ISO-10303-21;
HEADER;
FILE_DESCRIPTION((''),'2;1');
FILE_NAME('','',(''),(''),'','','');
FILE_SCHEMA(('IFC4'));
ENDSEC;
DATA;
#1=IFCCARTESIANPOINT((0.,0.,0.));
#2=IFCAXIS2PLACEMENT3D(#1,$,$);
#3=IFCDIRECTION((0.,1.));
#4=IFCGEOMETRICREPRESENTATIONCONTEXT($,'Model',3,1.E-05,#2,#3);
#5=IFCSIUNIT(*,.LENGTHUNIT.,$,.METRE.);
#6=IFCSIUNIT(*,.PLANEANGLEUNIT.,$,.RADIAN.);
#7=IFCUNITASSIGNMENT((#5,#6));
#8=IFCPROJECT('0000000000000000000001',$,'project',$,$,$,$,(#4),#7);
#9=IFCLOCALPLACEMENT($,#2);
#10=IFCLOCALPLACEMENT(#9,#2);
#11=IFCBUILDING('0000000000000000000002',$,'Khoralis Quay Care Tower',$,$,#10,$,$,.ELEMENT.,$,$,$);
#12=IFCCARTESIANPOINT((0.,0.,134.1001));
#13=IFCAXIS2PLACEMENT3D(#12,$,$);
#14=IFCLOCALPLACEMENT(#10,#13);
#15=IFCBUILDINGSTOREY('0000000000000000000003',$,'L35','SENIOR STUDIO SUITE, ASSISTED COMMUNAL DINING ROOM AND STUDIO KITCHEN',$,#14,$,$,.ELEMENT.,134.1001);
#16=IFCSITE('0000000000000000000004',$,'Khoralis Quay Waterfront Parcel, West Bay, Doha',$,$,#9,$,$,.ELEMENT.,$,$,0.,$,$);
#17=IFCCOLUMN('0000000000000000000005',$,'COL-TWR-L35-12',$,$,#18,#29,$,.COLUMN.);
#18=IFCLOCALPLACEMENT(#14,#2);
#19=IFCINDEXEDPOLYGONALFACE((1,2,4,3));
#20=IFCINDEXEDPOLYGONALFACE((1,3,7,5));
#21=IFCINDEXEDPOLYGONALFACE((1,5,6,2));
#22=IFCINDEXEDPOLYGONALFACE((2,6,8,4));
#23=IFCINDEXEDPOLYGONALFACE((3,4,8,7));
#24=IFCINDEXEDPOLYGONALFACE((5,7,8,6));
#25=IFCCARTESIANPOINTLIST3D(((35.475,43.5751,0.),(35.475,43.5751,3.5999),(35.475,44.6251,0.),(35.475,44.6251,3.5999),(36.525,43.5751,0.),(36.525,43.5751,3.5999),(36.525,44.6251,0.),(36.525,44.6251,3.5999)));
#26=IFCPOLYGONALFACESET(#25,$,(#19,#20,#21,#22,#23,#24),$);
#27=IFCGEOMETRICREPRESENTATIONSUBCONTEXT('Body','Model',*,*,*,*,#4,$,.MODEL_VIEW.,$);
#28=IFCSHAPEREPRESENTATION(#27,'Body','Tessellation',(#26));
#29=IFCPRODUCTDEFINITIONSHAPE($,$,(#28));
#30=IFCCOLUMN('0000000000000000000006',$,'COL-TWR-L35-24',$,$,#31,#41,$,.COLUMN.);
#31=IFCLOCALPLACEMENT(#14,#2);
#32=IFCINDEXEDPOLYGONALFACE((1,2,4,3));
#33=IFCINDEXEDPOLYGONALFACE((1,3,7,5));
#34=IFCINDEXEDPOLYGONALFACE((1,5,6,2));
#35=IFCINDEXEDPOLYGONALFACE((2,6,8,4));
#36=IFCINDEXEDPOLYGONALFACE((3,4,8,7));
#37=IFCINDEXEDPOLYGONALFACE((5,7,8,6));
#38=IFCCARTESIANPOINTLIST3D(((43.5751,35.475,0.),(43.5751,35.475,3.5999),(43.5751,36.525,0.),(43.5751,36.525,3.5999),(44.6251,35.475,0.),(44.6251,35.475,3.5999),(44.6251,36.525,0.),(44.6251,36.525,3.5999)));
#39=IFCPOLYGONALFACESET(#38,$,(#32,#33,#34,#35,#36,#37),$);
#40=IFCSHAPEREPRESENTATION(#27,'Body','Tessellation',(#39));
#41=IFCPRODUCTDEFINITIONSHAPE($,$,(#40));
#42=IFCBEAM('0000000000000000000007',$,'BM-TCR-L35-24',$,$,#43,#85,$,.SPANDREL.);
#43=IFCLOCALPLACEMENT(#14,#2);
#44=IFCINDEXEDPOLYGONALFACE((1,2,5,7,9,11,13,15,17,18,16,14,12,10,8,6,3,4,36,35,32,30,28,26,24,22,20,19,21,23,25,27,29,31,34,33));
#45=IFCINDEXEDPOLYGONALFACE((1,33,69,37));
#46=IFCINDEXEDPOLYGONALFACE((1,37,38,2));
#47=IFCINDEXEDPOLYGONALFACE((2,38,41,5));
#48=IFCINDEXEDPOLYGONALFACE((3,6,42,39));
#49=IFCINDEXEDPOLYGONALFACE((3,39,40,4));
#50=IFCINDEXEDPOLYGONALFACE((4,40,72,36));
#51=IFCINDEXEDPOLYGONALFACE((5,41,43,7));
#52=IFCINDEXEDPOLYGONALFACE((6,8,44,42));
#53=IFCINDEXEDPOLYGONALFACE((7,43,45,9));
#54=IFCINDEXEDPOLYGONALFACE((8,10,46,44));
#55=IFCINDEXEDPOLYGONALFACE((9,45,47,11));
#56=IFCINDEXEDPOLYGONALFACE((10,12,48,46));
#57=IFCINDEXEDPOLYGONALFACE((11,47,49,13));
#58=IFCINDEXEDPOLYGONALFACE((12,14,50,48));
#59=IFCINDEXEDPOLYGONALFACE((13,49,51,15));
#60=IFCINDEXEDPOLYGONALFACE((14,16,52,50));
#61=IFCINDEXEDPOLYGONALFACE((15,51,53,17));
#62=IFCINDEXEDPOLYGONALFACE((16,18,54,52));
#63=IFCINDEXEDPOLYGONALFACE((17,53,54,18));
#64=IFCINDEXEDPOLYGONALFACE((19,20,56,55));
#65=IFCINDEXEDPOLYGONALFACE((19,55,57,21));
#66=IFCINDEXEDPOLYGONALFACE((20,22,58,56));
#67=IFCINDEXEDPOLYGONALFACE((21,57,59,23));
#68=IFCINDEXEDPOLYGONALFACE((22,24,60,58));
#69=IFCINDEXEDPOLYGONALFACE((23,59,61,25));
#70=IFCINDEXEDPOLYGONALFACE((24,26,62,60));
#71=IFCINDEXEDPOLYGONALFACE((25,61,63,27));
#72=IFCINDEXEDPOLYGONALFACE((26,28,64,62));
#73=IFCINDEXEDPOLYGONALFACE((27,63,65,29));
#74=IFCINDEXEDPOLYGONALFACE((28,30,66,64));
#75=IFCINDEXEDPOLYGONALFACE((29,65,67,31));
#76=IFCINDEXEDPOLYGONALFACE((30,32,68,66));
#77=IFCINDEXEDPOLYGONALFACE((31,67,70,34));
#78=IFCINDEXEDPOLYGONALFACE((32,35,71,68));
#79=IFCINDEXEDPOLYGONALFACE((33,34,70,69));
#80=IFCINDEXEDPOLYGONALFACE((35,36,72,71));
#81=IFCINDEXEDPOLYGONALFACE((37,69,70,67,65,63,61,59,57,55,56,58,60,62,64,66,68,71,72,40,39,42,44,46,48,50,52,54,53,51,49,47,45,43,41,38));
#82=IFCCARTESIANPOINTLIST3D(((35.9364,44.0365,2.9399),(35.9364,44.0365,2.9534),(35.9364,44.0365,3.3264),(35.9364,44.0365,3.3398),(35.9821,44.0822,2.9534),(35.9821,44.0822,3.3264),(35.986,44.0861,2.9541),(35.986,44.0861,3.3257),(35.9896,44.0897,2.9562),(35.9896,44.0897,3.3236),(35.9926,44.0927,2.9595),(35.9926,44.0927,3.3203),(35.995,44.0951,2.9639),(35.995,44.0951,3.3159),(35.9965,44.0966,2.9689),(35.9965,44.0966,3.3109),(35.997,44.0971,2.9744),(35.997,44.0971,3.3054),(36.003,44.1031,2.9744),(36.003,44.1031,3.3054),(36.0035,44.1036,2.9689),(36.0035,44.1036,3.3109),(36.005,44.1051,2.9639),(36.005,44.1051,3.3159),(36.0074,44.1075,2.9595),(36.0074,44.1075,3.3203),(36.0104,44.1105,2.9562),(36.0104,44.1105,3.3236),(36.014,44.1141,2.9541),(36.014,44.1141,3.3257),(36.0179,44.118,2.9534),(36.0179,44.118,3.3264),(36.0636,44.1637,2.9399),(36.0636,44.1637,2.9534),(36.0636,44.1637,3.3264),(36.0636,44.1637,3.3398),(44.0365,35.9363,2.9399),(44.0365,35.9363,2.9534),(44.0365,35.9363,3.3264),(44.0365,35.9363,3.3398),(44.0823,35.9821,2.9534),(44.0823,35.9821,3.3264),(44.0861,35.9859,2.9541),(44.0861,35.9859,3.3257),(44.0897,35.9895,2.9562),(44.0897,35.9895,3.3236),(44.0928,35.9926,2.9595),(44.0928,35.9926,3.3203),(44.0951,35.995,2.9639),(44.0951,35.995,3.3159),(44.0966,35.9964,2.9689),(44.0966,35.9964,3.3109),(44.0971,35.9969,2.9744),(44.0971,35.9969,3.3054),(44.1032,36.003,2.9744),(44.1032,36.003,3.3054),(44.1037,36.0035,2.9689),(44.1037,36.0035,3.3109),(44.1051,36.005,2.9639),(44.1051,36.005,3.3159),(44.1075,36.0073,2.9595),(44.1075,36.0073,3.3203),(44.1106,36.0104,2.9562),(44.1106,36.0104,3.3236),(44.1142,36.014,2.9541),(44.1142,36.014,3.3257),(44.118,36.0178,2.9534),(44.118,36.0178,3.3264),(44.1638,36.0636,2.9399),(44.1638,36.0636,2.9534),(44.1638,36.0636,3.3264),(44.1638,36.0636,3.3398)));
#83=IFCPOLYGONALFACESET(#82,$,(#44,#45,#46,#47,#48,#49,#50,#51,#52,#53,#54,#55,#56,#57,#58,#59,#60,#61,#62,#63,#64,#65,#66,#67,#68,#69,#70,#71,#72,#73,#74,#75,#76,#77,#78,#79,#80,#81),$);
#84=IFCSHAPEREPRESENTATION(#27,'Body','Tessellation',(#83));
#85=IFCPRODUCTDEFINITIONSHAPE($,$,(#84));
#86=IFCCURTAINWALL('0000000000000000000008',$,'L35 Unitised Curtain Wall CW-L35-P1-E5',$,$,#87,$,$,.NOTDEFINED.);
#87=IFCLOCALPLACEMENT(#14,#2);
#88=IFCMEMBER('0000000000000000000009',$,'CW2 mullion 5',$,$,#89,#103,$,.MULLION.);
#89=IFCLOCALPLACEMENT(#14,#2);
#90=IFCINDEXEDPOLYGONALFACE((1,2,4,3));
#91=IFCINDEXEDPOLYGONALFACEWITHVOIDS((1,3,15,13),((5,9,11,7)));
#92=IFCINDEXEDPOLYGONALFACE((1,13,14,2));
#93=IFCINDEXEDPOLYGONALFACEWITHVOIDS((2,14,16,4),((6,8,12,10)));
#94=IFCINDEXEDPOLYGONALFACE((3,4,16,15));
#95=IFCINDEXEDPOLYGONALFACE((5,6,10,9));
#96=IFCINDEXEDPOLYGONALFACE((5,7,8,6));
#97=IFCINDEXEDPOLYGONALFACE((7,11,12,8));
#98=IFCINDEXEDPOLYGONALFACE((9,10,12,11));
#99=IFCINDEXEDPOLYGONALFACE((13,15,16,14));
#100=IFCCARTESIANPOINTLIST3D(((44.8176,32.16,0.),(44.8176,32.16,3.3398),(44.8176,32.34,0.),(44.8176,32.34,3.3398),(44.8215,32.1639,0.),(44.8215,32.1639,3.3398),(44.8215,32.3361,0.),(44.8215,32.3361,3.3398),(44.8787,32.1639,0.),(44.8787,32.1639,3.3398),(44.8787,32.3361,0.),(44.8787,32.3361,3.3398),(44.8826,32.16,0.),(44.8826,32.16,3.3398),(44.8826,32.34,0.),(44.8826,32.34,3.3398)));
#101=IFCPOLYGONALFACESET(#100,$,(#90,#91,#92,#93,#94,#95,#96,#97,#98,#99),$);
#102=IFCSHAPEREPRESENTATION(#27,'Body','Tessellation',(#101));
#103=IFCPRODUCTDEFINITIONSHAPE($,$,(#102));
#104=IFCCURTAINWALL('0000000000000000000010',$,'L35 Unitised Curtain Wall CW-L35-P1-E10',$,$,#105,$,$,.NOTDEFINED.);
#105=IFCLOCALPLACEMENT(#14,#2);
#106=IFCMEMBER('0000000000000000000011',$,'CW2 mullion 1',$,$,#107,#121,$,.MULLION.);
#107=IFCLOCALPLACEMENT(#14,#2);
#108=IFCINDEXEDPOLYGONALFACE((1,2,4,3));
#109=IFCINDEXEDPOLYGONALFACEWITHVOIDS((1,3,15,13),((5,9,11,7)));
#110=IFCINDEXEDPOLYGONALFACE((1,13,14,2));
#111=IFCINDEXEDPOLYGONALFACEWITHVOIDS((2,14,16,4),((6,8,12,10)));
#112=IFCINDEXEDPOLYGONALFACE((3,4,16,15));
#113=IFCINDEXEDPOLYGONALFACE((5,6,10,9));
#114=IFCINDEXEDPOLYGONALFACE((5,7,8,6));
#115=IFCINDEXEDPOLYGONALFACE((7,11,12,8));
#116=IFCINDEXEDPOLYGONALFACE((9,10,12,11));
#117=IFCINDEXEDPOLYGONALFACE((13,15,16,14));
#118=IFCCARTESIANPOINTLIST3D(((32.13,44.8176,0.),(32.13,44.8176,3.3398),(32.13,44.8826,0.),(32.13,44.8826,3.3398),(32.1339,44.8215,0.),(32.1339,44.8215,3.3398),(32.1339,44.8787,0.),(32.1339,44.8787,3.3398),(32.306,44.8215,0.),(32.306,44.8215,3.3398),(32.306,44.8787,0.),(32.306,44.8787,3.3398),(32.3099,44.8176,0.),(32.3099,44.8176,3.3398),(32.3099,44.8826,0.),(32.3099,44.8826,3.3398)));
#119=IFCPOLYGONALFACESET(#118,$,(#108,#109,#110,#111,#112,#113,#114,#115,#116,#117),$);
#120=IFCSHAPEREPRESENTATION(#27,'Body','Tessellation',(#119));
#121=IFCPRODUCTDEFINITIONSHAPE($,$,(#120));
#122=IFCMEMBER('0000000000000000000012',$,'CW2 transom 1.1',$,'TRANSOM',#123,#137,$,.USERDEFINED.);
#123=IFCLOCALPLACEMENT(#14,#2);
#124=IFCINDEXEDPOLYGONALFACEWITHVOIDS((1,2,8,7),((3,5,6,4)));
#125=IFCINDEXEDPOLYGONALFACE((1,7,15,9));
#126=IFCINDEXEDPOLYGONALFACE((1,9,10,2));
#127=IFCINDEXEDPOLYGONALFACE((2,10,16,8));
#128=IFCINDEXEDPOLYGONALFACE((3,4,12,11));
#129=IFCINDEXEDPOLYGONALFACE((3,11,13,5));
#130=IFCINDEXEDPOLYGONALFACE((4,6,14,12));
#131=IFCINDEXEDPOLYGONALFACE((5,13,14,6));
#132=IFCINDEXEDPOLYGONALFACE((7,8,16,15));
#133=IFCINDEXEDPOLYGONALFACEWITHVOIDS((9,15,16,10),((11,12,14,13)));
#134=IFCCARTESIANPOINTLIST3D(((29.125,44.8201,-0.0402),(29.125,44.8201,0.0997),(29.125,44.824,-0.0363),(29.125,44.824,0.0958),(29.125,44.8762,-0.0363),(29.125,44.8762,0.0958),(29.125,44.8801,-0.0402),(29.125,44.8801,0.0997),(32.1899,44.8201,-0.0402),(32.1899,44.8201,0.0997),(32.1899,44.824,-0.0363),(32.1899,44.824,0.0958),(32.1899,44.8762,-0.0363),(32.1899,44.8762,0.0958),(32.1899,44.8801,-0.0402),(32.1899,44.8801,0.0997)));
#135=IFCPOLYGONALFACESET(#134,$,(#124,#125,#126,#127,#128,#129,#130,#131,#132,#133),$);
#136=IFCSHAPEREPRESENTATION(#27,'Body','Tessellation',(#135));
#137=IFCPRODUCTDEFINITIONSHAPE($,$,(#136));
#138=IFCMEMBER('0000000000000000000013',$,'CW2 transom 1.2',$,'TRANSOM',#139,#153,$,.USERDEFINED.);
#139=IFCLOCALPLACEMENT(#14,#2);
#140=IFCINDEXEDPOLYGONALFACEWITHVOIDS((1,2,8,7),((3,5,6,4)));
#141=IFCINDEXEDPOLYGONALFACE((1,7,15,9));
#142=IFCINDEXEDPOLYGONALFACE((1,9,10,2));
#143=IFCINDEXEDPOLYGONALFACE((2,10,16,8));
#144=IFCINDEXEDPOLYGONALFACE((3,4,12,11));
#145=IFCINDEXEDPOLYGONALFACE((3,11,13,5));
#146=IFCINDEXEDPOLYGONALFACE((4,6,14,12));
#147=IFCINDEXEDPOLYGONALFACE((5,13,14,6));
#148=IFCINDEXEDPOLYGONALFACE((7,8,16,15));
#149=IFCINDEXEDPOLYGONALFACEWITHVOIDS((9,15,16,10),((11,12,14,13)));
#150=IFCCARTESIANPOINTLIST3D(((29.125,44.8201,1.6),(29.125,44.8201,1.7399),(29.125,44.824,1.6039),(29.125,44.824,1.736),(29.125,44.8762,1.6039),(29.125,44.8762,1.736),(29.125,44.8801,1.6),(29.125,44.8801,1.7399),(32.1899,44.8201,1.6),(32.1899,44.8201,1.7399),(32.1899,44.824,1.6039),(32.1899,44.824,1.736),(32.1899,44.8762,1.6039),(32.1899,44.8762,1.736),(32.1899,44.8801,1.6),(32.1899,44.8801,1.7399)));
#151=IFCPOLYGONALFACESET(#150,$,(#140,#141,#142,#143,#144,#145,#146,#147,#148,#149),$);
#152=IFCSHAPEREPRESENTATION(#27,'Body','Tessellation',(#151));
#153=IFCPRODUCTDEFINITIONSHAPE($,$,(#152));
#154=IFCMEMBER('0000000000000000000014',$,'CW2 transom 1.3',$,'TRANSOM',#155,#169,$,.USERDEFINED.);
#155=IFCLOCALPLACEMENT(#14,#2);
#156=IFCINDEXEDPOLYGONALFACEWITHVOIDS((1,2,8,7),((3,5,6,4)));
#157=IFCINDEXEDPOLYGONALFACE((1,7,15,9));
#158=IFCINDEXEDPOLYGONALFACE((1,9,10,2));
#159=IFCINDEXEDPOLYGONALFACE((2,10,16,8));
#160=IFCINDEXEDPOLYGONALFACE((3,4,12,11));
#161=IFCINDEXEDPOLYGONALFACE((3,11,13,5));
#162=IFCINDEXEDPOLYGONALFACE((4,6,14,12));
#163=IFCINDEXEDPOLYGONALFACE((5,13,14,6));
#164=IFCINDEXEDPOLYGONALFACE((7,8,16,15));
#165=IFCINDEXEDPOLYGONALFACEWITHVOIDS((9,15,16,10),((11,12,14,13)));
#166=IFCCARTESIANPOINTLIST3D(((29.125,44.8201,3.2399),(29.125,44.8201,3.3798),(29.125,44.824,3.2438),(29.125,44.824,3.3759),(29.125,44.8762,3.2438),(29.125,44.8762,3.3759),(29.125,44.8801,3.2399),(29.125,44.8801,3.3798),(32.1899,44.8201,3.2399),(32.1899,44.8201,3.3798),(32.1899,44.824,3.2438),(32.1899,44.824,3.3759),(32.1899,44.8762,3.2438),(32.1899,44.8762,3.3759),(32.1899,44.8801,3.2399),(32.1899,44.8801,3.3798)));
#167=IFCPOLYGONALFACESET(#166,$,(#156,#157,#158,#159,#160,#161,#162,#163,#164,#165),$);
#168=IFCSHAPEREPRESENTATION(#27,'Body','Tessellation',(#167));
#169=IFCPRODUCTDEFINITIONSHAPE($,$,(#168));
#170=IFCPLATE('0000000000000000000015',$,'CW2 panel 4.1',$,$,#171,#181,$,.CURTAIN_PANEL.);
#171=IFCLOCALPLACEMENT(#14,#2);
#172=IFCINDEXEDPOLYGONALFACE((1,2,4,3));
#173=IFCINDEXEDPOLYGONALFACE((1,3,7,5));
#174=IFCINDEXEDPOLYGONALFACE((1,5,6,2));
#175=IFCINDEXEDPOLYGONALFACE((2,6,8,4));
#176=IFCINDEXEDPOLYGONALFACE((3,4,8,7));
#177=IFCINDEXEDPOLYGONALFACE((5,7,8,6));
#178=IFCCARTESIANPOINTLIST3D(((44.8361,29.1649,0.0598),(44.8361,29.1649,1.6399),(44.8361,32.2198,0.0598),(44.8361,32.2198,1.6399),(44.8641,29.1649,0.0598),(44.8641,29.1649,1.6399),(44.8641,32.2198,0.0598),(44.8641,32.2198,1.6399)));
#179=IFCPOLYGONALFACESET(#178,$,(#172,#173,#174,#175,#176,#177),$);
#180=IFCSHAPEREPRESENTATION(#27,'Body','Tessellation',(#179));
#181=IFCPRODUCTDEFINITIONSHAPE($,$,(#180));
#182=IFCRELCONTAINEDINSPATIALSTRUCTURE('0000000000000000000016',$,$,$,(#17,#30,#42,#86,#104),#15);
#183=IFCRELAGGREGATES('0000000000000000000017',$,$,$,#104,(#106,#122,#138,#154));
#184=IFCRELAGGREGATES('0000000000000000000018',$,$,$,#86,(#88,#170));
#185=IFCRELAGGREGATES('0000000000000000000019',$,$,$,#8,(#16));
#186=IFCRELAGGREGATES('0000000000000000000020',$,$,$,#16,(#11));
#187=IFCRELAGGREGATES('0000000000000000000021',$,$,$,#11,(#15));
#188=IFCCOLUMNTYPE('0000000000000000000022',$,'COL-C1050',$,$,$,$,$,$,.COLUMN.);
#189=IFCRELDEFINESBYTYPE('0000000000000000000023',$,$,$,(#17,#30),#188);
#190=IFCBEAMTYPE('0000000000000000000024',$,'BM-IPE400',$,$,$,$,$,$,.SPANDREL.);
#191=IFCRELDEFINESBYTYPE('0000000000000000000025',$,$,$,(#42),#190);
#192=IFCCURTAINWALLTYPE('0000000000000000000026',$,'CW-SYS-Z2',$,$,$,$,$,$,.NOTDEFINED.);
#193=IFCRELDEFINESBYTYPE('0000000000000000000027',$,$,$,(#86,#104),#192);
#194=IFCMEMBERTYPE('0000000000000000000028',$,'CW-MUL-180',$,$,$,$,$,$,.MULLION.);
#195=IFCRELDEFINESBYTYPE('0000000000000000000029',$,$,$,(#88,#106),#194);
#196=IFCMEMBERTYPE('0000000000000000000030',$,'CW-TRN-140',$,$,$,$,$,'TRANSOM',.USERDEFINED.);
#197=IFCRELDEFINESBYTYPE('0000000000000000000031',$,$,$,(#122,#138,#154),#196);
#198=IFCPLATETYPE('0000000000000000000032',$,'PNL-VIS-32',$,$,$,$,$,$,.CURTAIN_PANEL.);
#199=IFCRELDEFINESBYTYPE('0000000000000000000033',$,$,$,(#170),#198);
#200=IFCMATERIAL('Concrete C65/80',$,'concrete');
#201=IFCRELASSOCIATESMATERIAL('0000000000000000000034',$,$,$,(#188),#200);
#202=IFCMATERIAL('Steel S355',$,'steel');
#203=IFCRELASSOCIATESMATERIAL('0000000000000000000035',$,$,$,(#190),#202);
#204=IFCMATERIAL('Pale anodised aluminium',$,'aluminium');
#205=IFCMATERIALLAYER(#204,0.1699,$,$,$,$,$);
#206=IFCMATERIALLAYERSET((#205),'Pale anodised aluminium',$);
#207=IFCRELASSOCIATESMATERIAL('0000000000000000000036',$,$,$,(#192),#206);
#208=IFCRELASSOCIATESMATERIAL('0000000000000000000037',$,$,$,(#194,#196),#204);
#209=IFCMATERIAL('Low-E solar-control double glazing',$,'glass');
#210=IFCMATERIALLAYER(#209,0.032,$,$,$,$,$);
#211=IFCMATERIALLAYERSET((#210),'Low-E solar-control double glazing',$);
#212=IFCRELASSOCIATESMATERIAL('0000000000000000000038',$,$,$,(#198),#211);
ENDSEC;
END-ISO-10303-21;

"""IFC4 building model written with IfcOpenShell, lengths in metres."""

from ifc_helpers import new_model, si_unit, direction, frame, origin, origin_2d, place, context, subcontext, project, spatial, rectangle, hollow_rectangle, i_section, extrude, source, transform, mapped, material, layer, layer_set, material_profile, profile_set, type_object, element, aggregate, save


model = new_model("IFC4")

# Units and contexts
model_context = context("Model", 3, precision=1e-05, world=origin(), true_north=direction((0.0, 1.0)))
body_context = subcontext(model_context, "Body", "Model", "MODEL_VIEW")
ifc_project = project(units=[si_unit("LENGTHUNIT", "METRE"), si_unit("PLANEANGLEUNIT", "RADIAN")], contexts=[model_context])

# Site, building, storey
site_placement = place(None, origin())
site = spatial("IfcSite", under=ifc_project, at=site_placement, Name="Khoralis Quay Waterfront Parcel, West Bay, Doha", CompositionType="ELEMENT", RefElevation=0.0)
building_placement = place(site_placement, origin())
building = spatial("IfcBuilding", under=site, at=building_placement, Name="Khoralis Quay Care Tower", CompositionType="ELEMENT")
storey_placement = place(building_placement, frame((0.0, 0.0, 134.1001)))
storey = spatial("IfcBuildingStorey", under=building, at=storey_placement, Name="L35", Description="SENIOR STUDIO SUITE, ASSISTED COMMUNAL DINING ROOM AND STUDIO KITCHEN", CompositionType="ELEMENT", Elevation=134.1001)

# Columns
ifc_material_1 = material(Name="Concrete C65/80", Category="concrete")
ifc_material_profile_1 = material_profile(ifc_material_1, rectangle(XDim=1.05, YDim=1.05, at=origin_2d()), Name="Concrete C65/80")
ifc_profile_set_1 = profile_set([ifc_material_profile_1], Name="Concrete C65/80")
column_type = type_object("IfcColumnType", Name="COL-C1050", PredefinedType="COLUMN", material=ifc_profile_set_1)
shared_shape_1 = source(origin(), body_context, "Body", "SweptSolid", [
    extrude(rectangle(XDim=1.05, YDim=1.05, at=origin_2d()), origin(), (0.0, 0.0, 1.0), 3.5999),
])
for number, where, z_axis, x_axis, name in (
    (1, (36.0, 44.1001, 0.0), (0.0, 0.0, 1.0), (1.0, 0.0, 0.0), "COL-TWR-L35-12"),
    (2, (44.1001, 36.0, 0.0), (0.0, 0.0, 1.0), (1.0, 0.0, 0.0), "COL-TWR-L35-24"),
):
    element("IfcColumn", number, at=place(storey_placement, frame(where, z_axis=z_axis, x_axis=x_axis)), inside=storey, type_object=column_type, Name=name, PredefinedType="COLUMN", context=body_context, shape_type="MappedRepresentation", body=[
        mapped(shared_shape_1, transform((0.0, 0.0, 0.0), scale=1.0)),
    ])

# Beam
ifc_material_2 = material(Name="Steel S355", Category="steel")
ifc_material_profile_2 = material_profile(ifc_material_2, i_section(OverallWidth=0.1799, OverallDepth=0.3999, WebThickness=0.0085, FlangeThickness=0.0134, FilletRadius=0.021, at=origin_2d()), Name="Steel S355")
ifc_profile_set_2 = profile_set([ifc_material_profile_2], Name="Steel S355")
beam_type = type_object("IfcBeamType", Name="BM-IPE400", PredefinedType="SPANDREL", material=ifc_profile_set_2)
shared_shape_2 = source(origin(), body_context, "Body", "SweptSolid", [
    extrude(i_section(OverallWidth=0.1799, OverallDepth=0.3999, WebThickness=0.0085, FlangeThickness=0.0134, FilletRadius=0.021, at=origin_2d()), origin(), (0.0, 0.0, 1.0), 11.4553),
])
beam_placement = place(storey_placement, frame((36.0, 44.1001, 3.1399), z_axis=(0.707107, -0.707107, 0.0), x_axis=(0.707107, 0.707107, 0.0)))
element("IfcBeam", 3, at=beam_placement, inside=storey, type_object=beam_type, Name="BM-TCR-L35-24", PredefinedType="SPANDREL", context=body_context, shape_type="MappedRepresentation", body=[
    mapped(shared_shape_2, transform((0.0, 0.0, 0.0), scale=1.0)),
])

# Curtain wall, member
ifc_material_3 = material(Name="Pale anodised aluminium", Category="aluminium")
ifc_layer_1 = layer(ifc_material_3, 0.1699)
ifc_layer_set_1 = layer_set([ifc_layer_1], Name="Pale anodised aluminium")
curtain_wall_type = type_object("IfcCurtainWallType", Name="CW-SYS-Z2", PredefinedType="NOTDEFINED", material=ifc_layer_set_1)
curtain_wall_1_placement = place(storey_placement, origin())
curtain_wall_1 = element("IfcCurtainWall", 4, at=curtain_wall_1_placement, inside=storey, type_object=curtain_wall_type, Name="L35 Unitised Curtain Wall CW-L35-P1-E5", PredefinedType="NOTDEFINED")
ifc_material_profile_3 = material_profile(ifc_material_3, hollow_rectangle(XDim=0.0649, YDim=0.1799, WallThickness=0.0039, at=origin_2d()), Name="Pale anodised aluminium")
ifc_profile_set_3 = profile_set([ifc_material_profile_3], Name="Pale anodised aluminium")
member_type_1 = type_object("IfcMemberType", Name="CW-MUL-180", PredefinedType="MULLION", material=ifc_profile_set_3)
shared_shape_3 = source(origin(), body_context, "Body", "SweptSolid", [
    extrude(hollow_rectangle(XDim=0.0649, YDim=0.1799, WallThickness=0.0039, at=origin_2d()), origin(), (0.0, 0.0, 1.0), 3.3398),
])
member_1_placement = place(storey_placement, frame((44.8501, 32.25, 0.0), z_axis=(0.0, 0.0, 1.0), x_axis=(-1.0, 0.0, 0.0)))
member_1 = element("IfcMember", 5, at=member_1_placement, type_object=member_type_1, Name="CW2 mullion 5", PredefinedType="MULLION", context=body_context, shape_type="MappedRepresentation", body=[
    mapped(shared_shape_3, transform((0.0, 0.0, 0.0), scale=1.0)),
])

# Curtain wall, members
curtain_wall_2_placement = place(storey_placement, origin())
curtain_wall_2 = element("IfcCurtainWall", 6, at=curtain_wall_2_placement, inside=storey, type_object=curtain_wall_type, Name="L35 Unitised Curtain Wall CW-L35-P1-E10", PredefinedType="NOTDEFINED")
member_2_placement = place(storey_placement, frame((32.22, 44.8501, 0.0), z_axis=(0.0, 0.0, 1.0), x_axis=(0.0, -1.0, 0.0)))
member_2 = element("IfcMember", 7, at=member_2_placement, type_object=member_type_1, Name="CW2 mullion 1", PredefinedType="MULLION", context=body_context, shape_type="MappedRepresentation", body=[
    mapped(shared_shape_3, transform((0.0, 0.0, 0.0), scale=1.0)),
])
ifc_material_profile_4 = material_profile(ifc_material_3, hollow_rectangle(XDim=0.0601, YDim=0.1399, WallThickness=0.0039, at=origin_2d()), Name="Pale anodised aluminium")
ifc_profile_set_4 = profile_set([ifc_material_profile_4], Name="Pale anodised aluminium")
member_type_2 = type_object("IfcMemberType", Name="CW-TRN-140", ElementType="TRANSOM", PredefinedType="USERDEFINED", material=ifc_profile_set_4)
shared_shape_4 = source(origin(), body_context, "Body", "SweptSolid", [
    extrude(hollow_rectangle(XDim=0.0601, YDim=0.1399, WallThickness=0.0039, at=origin_2d()), origin(), (0.0, 0.0, 1.0), 3.0649),
])
member_3_placement = place(storey_placement, frame((32.1899, 44.8501, 0.0298), z_axis=(-1.0, 0.0, 0.0), x_axis=(0.0, -1.0, 0.0)))
member_3 = element("IfcMember", 8, at=member_3_placement, type_object=member_type_2, Name="CW2 transom 1.1", ObjectType="TRANSOM", PredefinedType="USERDEFINED", context=body_context, shape_type="MappedRepresentation", body=[
    mapped(shared_shape_4, transform((0.0, 0.0, 0.0), scale=1.0)),
])
member_4_placement = place(storey_placement, frame((32.1899, 44.8501, 1.6699), z_axis=(-1.0, 0.0, 0.0), x_axis=(0.0, -1.0, 0.0)))
member_4 = element("IfcMember", 9, at=member_4_placement, type_object=member_type_2, Name="CW2 transom 1.2", ObjectType="TRANSOM", PredefinedType="USERDEFINED", context=body_context, shape_type="MappedRepresentation", body=[
    mapped(shared_shape_4, transform((0.0, 0.0, 0.0), scale=1.0)),
])
member_5_placement = place(storey_placement, frame((32.1899, 44.8501, 3.3098), z_axis=(-1.0, 0.0, 0.0), x_axis=(0.0, -1.0, 0.0)))
member_5 = element("IfcMember", 10, at=member_5_placement, type_object=member_type_2, Name="CW2 transom 1.3", ObjectType="TRANSOM", PredefinedType="USERDEFINED", context=body_context, shape_type="MappedRepresentation", body=[
    mapped(shared_shape_4, transform((0.0, 0.0, 0.0), scale=1.0)),
])
aggregate(curtain_wall_2, [member_2, member_3, member_4, member_5])

# Plate
ifc_material_4 = material(Name="Low-E solar-control double glazing", Category="glass")
ifc_layer_2 = layer(ifc_material_4, 0.032)
ifc_layer_set_2 = layer_set([ifc_layer_2], Name="Low-E solar-control double glazing")
plate_type = type_object("IfcPlateType", Name="PNL-VIS-32", PredefinedType="CURTAIN_PANEL", material=ifc_layer_set_2)
shared_shape_5 = source(origin(), body_context, "Body", "SweptSolid", [
    extrude(rectangle(XDim=3.0549, YDim=0.0281, at=origin_2d()), origin(), (0.0, 0.0, 1.0), 1.5801),
])
plate_1_placement = place(storey_placement, frame((44.8501, 30.6924, 0.0598), z_axis=(0.0, 0.0, 1.0), x_axis=(0.0, 1.0, 0.0)))
plate_1 = element("IfcPlate", 11, at=plate_1_placement, type_object=plate_type, Name="CW2 panel 4.1", PredefinedType="CURTAIN_PANEL", context=body_context, shape_type="MappedRepresentation", body=[
    mapped(shared_shape_5, transform((0.0, 0.0, 0.0), scale=1.0)),
])
aggregate(curtain_wall_1, [member_1, plate_1])

save(model, "model.ifc")
